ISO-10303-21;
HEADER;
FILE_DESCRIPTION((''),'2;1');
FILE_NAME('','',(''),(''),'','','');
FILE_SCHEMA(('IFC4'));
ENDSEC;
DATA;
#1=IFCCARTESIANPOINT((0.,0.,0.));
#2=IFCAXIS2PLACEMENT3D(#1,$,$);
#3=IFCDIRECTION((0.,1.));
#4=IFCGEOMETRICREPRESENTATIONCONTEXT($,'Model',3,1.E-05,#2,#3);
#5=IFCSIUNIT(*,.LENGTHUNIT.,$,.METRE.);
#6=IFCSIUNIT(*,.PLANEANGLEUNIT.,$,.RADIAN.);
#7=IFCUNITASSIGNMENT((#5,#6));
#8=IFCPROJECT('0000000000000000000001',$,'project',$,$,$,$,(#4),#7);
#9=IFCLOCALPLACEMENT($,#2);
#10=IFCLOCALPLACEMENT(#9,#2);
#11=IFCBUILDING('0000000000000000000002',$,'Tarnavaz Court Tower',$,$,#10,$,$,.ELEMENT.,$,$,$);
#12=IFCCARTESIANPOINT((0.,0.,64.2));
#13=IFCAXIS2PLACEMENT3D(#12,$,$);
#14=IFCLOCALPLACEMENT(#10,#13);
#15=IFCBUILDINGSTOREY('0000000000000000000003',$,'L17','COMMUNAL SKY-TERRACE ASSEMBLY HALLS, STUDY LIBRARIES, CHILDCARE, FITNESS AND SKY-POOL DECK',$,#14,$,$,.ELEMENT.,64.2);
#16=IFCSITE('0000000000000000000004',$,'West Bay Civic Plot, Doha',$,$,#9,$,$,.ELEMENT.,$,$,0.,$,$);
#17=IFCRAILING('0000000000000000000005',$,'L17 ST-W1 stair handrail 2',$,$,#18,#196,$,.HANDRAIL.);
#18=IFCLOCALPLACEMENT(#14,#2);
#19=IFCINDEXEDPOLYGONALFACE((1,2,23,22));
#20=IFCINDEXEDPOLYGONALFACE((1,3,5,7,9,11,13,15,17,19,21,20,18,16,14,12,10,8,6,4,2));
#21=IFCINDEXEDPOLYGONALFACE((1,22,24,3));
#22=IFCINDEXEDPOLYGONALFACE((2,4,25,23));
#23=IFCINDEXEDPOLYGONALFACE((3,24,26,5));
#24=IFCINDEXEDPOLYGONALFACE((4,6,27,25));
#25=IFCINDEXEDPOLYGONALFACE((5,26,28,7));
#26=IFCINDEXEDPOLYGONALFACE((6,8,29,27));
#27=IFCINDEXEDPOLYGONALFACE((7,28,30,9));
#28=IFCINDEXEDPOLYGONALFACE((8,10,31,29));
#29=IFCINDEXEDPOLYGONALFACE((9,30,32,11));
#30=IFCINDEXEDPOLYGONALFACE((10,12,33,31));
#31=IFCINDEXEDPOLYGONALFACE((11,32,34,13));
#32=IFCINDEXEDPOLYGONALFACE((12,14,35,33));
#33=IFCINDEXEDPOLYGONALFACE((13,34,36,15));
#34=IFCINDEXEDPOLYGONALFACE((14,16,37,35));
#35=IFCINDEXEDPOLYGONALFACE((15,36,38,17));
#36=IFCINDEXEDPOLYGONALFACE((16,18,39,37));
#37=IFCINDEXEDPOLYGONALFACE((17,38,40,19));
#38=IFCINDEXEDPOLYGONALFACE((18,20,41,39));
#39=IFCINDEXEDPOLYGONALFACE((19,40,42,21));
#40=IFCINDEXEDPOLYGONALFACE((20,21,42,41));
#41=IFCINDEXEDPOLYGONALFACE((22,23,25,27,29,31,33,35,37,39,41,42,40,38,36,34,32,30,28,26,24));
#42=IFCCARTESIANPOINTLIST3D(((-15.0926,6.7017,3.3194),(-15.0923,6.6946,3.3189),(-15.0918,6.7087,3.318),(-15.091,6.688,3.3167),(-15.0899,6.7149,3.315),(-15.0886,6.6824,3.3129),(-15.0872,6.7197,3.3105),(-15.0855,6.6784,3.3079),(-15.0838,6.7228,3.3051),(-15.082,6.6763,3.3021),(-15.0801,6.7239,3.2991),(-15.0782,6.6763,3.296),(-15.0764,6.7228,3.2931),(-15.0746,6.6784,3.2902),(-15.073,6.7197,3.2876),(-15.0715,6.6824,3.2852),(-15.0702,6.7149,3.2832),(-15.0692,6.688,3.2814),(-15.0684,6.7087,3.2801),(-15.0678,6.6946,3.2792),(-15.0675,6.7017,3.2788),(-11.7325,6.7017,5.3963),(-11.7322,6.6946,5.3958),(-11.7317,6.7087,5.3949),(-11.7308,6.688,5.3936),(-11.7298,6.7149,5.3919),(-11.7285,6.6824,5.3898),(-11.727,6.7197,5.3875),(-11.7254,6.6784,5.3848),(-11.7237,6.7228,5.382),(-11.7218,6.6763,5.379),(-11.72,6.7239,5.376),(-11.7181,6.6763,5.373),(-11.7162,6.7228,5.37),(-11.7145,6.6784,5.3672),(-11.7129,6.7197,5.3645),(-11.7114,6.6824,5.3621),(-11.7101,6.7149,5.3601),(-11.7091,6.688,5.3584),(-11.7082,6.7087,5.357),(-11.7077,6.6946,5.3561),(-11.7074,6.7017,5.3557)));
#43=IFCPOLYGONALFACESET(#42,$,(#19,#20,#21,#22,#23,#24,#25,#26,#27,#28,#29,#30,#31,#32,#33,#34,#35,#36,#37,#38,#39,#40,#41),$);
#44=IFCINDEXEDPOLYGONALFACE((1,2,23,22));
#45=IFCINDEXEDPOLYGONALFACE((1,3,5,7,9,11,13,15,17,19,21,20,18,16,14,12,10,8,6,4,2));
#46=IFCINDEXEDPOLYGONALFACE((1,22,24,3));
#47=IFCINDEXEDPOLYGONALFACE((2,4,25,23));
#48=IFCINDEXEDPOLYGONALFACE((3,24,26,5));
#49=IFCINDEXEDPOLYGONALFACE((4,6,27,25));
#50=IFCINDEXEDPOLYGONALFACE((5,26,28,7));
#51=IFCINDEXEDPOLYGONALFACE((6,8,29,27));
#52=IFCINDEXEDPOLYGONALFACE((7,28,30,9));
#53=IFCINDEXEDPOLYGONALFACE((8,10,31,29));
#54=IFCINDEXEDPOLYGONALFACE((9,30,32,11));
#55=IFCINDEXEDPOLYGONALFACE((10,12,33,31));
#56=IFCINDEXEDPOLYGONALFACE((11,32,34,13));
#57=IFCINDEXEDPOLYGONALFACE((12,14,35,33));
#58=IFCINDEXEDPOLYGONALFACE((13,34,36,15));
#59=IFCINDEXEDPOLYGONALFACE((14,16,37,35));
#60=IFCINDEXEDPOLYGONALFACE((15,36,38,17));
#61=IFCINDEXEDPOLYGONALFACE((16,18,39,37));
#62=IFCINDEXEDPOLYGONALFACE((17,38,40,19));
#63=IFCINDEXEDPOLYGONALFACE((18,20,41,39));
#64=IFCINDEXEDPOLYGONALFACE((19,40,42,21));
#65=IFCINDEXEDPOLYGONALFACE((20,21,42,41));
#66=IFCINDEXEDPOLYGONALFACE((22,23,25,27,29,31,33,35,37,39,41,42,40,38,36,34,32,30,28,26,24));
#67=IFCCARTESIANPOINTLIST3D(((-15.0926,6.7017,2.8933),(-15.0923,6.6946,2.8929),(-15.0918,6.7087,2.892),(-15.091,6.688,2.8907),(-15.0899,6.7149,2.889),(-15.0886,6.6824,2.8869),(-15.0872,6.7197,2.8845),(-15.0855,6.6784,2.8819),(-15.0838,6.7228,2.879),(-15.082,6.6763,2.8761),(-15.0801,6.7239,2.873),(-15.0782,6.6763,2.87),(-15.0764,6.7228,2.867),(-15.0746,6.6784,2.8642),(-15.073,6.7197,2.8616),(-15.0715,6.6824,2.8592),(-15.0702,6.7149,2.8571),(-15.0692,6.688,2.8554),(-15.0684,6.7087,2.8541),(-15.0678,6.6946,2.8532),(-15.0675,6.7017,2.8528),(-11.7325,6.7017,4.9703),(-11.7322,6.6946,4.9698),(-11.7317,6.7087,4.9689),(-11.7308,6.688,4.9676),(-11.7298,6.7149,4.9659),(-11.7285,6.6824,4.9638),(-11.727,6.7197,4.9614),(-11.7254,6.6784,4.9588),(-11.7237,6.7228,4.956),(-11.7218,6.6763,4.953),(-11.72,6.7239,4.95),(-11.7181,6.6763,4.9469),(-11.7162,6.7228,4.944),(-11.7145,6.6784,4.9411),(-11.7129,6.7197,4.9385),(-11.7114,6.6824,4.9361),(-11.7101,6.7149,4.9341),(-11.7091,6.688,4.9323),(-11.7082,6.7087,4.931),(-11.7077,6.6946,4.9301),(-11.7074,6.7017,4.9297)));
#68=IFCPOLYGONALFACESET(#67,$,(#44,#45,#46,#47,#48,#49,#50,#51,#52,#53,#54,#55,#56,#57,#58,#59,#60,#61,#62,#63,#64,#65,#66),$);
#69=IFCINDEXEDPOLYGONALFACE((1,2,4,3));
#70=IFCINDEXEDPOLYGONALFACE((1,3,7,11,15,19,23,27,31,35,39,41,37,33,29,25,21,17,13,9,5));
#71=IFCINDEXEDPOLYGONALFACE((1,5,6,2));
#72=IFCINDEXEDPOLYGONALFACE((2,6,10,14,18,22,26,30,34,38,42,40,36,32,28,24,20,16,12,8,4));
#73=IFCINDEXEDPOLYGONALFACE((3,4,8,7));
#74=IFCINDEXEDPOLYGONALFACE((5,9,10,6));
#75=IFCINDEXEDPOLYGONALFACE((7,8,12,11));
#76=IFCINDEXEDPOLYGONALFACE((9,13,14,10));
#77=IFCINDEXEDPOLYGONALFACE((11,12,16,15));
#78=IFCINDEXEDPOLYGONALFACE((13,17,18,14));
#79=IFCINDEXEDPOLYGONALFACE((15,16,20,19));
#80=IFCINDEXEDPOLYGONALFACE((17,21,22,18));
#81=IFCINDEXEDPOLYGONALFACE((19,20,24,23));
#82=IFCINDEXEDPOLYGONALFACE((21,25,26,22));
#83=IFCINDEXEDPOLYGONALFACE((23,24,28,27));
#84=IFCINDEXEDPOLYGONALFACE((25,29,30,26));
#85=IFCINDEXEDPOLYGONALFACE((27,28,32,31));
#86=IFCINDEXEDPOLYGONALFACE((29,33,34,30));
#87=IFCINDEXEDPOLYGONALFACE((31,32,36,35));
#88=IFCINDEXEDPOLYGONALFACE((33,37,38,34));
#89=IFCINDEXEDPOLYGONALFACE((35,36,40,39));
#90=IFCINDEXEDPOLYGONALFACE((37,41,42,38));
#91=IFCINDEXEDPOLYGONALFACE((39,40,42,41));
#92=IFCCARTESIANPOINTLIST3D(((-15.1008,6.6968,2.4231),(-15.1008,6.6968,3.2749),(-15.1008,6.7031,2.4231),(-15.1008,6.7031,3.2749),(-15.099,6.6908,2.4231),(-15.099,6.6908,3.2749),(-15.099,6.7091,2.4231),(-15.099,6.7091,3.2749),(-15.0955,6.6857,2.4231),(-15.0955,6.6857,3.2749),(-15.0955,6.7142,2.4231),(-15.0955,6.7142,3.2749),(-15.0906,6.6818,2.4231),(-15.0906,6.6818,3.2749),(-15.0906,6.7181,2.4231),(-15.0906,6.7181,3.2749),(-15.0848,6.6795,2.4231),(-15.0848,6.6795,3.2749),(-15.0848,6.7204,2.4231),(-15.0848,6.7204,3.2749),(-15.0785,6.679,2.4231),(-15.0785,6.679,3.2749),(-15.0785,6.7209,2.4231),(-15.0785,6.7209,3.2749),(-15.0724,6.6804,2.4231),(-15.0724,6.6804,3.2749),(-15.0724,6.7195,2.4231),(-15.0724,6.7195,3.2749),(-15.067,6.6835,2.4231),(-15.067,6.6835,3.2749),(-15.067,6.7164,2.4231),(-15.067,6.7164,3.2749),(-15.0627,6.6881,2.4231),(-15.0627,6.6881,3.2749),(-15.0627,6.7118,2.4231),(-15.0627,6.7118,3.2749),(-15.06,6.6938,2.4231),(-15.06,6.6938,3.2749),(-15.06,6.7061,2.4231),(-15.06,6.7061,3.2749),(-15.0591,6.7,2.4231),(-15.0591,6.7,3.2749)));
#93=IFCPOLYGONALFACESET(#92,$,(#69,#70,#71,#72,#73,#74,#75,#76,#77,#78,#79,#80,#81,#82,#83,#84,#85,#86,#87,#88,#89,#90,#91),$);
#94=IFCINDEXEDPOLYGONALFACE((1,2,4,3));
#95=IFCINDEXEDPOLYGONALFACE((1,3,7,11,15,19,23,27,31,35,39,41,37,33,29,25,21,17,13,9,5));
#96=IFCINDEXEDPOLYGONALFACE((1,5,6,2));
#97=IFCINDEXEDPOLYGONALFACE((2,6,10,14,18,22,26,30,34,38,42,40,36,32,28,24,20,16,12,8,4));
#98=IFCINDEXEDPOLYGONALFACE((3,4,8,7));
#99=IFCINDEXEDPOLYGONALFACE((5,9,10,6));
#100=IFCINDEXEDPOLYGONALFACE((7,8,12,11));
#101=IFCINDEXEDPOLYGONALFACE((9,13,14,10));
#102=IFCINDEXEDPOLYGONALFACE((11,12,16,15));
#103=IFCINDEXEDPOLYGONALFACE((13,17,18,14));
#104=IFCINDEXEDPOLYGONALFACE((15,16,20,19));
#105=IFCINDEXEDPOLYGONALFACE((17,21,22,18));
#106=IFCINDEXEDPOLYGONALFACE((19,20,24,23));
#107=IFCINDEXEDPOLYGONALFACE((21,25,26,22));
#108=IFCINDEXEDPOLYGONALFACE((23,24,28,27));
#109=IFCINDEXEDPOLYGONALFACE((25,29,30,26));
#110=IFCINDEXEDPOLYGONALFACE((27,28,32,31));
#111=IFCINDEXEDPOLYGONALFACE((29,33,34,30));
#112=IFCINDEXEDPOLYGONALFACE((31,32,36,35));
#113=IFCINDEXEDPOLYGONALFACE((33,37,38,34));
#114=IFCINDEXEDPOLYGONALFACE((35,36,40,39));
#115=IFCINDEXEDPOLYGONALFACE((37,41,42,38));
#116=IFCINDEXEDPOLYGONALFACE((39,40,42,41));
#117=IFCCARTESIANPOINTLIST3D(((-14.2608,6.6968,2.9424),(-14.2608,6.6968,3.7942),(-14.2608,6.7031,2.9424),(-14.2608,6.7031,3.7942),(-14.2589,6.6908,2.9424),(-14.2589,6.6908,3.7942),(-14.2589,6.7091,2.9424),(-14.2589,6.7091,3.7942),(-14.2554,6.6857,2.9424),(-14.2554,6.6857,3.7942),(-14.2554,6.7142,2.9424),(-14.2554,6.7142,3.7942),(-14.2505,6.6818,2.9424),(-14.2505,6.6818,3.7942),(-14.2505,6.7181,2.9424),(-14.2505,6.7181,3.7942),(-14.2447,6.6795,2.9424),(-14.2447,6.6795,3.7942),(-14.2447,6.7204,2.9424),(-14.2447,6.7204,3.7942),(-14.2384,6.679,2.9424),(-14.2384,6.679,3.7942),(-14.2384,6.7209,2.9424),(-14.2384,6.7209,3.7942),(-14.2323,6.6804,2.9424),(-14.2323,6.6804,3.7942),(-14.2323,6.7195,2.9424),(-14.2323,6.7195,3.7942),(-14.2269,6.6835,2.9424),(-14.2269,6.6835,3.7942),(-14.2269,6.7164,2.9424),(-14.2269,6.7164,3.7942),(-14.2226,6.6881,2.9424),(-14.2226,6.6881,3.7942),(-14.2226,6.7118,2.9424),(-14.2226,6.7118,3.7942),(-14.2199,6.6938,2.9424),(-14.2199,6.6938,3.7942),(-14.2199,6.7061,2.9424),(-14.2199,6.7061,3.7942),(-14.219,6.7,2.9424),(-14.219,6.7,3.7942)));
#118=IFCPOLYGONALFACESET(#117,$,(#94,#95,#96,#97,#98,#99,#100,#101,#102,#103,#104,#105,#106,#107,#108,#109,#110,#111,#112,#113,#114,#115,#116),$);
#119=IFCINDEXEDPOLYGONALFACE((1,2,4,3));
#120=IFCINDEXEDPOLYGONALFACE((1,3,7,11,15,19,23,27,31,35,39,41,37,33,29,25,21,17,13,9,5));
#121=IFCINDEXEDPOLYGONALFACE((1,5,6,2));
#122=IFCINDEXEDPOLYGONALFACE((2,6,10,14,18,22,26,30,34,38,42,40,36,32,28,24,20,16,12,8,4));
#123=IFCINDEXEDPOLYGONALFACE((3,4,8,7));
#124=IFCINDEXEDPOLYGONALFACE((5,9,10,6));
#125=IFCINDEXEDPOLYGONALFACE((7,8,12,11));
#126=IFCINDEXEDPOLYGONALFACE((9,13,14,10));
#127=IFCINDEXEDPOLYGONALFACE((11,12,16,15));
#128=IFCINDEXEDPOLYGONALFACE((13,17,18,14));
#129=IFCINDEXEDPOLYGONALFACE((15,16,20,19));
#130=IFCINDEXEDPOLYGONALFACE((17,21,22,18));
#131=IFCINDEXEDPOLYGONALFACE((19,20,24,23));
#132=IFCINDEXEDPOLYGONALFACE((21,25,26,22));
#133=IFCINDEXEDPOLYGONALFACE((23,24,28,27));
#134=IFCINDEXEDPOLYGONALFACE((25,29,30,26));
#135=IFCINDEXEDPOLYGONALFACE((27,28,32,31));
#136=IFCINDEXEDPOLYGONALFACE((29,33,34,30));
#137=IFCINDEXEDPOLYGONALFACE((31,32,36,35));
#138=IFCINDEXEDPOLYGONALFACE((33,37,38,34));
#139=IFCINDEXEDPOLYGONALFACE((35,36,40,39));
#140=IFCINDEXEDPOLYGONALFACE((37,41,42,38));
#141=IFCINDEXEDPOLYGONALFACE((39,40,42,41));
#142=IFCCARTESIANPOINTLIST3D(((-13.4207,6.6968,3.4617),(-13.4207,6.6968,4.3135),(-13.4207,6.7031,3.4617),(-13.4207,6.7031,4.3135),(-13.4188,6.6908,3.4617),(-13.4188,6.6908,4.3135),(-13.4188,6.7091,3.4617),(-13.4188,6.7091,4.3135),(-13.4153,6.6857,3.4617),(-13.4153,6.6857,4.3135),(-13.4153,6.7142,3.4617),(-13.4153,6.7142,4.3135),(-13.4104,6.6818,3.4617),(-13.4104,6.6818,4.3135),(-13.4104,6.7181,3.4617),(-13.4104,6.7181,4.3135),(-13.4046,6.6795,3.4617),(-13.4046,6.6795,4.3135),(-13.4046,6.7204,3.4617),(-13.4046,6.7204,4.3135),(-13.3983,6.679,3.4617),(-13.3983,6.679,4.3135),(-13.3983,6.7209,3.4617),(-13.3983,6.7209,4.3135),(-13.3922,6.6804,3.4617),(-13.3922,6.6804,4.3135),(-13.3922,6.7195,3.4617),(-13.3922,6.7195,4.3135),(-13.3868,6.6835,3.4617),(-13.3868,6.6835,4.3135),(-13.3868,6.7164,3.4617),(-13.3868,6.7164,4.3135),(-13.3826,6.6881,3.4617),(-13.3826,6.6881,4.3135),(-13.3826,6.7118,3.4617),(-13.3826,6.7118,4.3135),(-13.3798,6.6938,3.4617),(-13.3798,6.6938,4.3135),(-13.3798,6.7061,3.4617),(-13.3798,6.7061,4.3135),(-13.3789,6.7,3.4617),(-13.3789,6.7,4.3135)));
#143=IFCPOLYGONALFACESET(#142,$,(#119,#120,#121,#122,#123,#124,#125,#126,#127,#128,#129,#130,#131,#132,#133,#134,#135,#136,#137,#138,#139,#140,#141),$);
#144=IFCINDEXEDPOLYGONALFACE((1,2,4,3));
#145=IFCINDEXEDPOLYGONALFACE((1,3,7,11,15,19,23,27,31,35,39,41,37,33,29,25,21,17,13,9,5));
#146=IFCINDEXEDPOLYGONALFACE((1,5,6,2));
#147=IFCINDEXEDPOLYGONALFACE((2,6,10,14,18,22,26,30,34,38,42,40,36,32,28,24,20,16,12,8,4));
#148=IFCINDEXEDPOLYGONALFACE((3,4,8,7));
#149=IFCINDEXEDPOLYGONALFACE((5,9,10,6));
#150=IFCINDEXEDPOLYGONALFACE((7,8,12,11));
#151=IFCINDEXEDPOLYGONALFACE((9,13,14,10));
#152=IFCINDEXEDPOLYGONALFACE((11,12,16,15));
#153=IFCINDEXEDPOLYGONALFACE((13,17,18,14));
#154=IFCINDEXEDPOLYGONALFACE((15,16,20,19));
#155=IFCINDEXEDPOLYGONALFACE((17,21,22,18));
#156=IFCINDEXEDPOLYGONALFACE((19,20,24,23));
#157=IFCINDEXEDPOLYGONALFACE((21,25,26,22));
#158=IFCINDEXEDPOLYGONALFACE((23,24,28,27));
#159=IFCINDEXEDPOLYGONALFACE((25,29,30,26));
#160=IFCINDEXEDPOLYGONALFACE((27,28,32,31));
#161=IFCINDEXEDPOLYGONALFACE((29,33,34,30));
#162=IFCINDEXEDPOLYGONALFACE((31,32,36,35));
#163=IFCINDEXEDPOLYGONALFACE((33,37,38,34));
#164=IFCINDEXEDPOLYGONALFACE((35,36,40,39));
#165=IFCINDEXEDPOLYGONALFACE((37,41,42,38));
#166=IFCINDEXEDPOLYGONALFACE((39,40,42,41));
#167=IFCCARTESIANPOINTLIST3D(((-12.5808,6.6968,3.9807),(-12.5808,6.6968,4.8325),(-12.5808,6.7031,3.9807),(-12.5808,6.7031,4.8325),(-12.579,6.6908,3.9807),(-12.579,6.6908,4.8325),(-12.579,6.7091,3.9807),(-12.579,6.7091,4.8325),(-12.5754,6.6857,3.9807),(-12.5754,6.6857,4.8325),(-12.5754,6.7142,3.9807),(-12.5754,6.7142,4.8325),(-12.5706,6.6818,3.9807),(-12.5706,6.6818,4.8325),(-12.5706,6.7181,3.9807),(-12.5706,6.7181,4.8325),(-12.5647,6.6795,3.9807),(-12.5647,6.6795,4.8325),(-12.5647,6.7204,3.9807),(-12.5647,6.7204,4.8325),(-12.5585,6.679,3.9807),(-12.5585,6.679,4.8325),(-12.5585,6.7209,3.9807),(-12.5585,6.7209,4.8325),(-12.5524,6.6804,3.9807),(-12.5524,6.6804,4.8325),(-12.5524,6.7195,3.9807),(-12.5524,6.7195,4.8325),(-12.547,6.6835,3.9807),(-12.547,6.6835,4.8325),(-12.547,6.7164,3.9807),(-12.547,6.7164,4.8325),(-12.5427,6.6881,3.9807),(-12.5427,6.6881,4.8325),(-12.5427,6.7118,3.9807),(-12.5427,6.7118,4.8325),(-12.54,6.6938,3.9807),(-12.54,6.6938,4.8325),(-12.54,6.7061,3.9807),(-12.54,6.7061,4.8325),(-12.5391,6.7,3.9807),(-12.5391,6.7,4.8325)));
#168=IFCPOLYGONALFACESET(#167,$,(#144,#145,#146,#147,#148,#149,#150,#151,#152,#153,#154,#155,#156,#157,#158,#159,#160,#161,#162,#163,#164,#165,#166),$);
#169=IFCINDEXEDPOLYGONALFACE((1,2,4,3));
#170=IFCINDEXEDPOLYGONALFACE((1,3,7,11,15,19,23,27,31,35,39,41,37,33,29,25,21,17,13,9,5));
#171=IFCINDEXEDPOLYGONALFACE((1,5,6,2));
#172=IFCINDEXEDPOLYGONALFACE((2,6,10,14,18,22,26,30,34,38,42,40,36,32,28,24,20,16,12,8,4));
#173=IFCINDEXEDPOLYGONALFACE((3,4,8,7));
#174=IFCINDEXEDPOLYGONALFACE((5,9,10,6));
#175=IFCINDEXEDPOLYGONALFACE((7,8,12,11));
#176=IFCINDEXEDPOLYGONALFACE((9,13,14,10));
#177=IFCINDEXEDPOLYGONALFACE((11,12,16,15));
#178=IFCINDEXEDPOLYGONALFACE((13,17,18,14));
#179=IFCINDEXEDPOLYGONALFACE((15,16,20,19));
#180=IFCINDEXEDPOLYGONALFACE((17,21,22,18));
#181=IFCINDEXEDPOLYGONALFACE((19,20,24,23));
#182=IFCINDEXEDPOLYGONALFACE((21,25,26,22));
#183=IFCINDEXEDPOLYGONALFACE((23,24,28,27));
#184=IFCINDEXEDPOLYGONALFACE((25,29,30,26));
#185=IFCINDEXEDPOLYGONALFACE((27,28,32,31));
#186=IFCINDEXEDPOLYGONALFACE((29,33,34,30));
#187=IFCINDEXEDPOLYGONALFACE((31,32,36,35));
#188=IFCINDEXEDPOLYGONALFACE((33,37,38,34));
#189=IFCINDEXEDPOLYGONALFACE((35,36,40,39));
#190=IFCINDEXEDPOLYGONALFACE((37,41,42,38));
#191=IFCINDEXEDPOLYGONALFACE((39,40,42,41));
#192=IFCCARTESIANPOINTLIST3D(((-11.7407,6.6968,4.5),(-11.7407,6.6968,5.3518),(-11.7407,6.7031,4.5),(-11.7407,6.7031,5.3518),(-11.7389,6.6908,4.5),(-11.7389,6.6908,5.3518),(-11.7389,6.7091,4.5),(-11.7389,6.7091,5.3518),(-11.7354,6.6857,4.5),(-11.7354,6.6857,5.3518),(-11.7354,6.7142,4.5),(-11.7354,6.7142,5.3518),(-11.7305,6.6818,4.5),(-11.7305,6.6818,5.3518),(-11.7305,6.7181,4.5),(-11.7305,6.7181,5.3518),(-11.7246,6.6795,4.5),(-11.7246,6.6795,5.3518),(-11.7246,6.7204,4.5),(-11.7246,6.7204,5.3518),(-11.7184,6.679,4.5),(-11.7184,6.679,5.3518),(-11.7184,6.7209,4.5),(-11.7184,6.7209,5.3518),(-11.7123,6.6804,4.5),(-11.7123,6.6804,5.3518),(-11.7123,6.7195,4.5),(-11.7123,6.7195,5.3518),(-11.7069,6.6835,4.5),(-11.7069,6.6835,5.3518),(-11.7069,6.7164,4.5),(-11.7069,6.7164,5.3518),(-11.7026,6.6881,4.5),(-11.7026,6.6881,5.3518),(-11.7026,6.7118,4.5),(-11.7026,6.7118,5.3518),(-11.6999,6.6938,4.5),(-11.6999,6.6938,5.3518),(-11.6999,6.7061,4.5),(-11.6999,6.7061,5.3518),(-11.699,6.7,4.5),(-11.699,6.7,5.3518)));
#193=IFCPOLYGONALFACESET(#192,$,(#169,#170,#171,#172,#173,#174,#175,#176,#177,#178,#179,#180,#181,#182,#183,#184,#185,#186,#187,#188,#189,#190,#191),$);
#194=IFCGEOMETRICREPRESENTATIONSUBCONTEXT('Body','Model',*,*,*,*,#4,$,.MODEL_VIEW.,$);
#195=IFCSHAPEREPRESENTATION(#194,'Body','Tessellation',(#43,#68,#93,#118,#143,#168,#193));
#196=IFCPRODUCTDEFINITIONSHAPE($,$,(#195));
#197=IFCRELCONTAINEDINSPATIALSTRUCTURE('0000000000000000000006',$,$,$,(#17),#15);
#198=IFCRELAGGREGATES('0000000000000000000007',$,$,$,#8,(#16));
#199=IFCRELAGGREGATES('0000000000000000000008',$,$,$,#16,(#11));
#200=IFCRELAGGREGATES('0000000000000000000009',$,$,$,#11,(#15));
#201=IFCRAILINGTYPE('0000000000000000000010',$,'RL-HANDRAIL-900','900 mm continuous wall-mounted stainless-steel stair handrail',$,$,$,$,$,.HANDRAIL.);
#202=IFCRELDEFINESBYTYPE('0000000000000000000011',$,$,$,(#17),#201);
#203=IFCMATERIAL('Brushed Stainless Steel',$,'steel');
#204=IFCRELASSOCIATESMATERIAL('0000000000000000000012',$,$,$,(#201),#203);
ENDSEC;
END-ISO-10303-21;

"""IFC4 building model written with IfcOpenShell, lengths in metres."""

from ifc_helpers import new_model, si_unit, direction, frame, origin, origin_2d, place, context, subcontext, project, spatial, circle, extrude, material, type_object, element, save


model = new_model("IFC4")

# Units and contexts
model_context = context("Model", 3, precision=1e-05, world=origin(), true_north=direction((0.0, 1.0)))
body_context = subcontext(model_context, "Body", "Model", "MODEL_VIEW")
ifc_project = project(units=[si_unit("LENGTHUNIT", "METRE"), si_unit("PLANEANGLEUNIT", "RADIAN")], contexts=[model_context])

# Site, building, storey
site_placement = place(None, origin())
site = spatial("IfcSite", under=ifc_project, at=site_placement, Name="West Bay Civic Plot, Doha", CompositionType="ELEMENT", RefElevation=0.0)
building_placement = place(site_placement, origin())
building = spatial("IfcBuilding", under=site, at=building_placement, Name="Tarnavaz Court Tower", CompositionType="ELEMENT")
storey_placement = place(building_placement, frame((0.0, 0.0, 64.2)))
storey = spatial("IfcBuildingStorey", under=building, at=storey_placement, Name="L17", Description="COMMUNAL SKY-TERRACE ASSEMBLY HALLS, STUDY LIBRARIES, CHILDCARE, FITNESS AND SKY-POOL DECK", CompositionType="ELEMENT", Elevation=64.2)

# Railing
ifc_material_1 = material(Name="Brushed Stainless Steel", Category="steel")
railing_type_1 = type_object("IfcRailingType", Name="RL-HANDRAIL-900", Description="900 mm continuous wall-mounted stainless-steel stair handrail", PredefinedType="HANDRAIL", material=ifc_material_1)
railing_1_placement = place(storey_placement, frame((-15.0801, 6.7, 2.4231)))
element("IfcRailing", 1, at=railing_1_placement, inside=storey, type_object=railing_type_1, Name="L17 ST-W1 stair handrail 2", PredefinedType="HANDRAIL", context=body_context, shape_type="SweptSolid", body=[
    extrude(circle(Radius=0.0239, at=origin_2d()), frame((0.0, 0.0, 0.876), z_axis=(0.850623, 0.0, 0.525776), x_axis=(0.0, 1.0, 0.0)), (0.0, 0.0, 1.0), 3.9502),
    extrude(circle(Radius=0.0239, at=origin_2d()), frame((0.0, 0.0, 0.45), z_axis=(0.850623, 0.0, 0.525776), x_axis=(0.0, 1.0, 0.0)), (0.0, 0.0, 1.0), 3.9502),
    extrude(circle(Radius=0.021, at=origin_2d()), origin(), (0.0, 0.0, 1.0), 0.8518),
    extrude(circle(Radius=0.021, at=origin_2d()), frame((0.8401, 0.0, 0.5193)), (0.0, 0.0, 1.0), 0.8518),
    extrude(circle(Radius=0.021, at=origin_2d()), frame((1.6802, 0.0, 1.0386)), (0.0, 0.0, 1.0), 0.8518),
    extrude(circle(Radius=0.021, at=origin_2d()), frame((2.52, 0.0, 1.5576)), (0.0, 0.0, 1.0), 0.8518),
    extrude(circle(Radius=0.021, at=origin_2d()), frame((3.3601, 0.0, 2.0769)), (0.0, 0.0, 1.0), 0.8518),
])

save(model, "model.ifc")
